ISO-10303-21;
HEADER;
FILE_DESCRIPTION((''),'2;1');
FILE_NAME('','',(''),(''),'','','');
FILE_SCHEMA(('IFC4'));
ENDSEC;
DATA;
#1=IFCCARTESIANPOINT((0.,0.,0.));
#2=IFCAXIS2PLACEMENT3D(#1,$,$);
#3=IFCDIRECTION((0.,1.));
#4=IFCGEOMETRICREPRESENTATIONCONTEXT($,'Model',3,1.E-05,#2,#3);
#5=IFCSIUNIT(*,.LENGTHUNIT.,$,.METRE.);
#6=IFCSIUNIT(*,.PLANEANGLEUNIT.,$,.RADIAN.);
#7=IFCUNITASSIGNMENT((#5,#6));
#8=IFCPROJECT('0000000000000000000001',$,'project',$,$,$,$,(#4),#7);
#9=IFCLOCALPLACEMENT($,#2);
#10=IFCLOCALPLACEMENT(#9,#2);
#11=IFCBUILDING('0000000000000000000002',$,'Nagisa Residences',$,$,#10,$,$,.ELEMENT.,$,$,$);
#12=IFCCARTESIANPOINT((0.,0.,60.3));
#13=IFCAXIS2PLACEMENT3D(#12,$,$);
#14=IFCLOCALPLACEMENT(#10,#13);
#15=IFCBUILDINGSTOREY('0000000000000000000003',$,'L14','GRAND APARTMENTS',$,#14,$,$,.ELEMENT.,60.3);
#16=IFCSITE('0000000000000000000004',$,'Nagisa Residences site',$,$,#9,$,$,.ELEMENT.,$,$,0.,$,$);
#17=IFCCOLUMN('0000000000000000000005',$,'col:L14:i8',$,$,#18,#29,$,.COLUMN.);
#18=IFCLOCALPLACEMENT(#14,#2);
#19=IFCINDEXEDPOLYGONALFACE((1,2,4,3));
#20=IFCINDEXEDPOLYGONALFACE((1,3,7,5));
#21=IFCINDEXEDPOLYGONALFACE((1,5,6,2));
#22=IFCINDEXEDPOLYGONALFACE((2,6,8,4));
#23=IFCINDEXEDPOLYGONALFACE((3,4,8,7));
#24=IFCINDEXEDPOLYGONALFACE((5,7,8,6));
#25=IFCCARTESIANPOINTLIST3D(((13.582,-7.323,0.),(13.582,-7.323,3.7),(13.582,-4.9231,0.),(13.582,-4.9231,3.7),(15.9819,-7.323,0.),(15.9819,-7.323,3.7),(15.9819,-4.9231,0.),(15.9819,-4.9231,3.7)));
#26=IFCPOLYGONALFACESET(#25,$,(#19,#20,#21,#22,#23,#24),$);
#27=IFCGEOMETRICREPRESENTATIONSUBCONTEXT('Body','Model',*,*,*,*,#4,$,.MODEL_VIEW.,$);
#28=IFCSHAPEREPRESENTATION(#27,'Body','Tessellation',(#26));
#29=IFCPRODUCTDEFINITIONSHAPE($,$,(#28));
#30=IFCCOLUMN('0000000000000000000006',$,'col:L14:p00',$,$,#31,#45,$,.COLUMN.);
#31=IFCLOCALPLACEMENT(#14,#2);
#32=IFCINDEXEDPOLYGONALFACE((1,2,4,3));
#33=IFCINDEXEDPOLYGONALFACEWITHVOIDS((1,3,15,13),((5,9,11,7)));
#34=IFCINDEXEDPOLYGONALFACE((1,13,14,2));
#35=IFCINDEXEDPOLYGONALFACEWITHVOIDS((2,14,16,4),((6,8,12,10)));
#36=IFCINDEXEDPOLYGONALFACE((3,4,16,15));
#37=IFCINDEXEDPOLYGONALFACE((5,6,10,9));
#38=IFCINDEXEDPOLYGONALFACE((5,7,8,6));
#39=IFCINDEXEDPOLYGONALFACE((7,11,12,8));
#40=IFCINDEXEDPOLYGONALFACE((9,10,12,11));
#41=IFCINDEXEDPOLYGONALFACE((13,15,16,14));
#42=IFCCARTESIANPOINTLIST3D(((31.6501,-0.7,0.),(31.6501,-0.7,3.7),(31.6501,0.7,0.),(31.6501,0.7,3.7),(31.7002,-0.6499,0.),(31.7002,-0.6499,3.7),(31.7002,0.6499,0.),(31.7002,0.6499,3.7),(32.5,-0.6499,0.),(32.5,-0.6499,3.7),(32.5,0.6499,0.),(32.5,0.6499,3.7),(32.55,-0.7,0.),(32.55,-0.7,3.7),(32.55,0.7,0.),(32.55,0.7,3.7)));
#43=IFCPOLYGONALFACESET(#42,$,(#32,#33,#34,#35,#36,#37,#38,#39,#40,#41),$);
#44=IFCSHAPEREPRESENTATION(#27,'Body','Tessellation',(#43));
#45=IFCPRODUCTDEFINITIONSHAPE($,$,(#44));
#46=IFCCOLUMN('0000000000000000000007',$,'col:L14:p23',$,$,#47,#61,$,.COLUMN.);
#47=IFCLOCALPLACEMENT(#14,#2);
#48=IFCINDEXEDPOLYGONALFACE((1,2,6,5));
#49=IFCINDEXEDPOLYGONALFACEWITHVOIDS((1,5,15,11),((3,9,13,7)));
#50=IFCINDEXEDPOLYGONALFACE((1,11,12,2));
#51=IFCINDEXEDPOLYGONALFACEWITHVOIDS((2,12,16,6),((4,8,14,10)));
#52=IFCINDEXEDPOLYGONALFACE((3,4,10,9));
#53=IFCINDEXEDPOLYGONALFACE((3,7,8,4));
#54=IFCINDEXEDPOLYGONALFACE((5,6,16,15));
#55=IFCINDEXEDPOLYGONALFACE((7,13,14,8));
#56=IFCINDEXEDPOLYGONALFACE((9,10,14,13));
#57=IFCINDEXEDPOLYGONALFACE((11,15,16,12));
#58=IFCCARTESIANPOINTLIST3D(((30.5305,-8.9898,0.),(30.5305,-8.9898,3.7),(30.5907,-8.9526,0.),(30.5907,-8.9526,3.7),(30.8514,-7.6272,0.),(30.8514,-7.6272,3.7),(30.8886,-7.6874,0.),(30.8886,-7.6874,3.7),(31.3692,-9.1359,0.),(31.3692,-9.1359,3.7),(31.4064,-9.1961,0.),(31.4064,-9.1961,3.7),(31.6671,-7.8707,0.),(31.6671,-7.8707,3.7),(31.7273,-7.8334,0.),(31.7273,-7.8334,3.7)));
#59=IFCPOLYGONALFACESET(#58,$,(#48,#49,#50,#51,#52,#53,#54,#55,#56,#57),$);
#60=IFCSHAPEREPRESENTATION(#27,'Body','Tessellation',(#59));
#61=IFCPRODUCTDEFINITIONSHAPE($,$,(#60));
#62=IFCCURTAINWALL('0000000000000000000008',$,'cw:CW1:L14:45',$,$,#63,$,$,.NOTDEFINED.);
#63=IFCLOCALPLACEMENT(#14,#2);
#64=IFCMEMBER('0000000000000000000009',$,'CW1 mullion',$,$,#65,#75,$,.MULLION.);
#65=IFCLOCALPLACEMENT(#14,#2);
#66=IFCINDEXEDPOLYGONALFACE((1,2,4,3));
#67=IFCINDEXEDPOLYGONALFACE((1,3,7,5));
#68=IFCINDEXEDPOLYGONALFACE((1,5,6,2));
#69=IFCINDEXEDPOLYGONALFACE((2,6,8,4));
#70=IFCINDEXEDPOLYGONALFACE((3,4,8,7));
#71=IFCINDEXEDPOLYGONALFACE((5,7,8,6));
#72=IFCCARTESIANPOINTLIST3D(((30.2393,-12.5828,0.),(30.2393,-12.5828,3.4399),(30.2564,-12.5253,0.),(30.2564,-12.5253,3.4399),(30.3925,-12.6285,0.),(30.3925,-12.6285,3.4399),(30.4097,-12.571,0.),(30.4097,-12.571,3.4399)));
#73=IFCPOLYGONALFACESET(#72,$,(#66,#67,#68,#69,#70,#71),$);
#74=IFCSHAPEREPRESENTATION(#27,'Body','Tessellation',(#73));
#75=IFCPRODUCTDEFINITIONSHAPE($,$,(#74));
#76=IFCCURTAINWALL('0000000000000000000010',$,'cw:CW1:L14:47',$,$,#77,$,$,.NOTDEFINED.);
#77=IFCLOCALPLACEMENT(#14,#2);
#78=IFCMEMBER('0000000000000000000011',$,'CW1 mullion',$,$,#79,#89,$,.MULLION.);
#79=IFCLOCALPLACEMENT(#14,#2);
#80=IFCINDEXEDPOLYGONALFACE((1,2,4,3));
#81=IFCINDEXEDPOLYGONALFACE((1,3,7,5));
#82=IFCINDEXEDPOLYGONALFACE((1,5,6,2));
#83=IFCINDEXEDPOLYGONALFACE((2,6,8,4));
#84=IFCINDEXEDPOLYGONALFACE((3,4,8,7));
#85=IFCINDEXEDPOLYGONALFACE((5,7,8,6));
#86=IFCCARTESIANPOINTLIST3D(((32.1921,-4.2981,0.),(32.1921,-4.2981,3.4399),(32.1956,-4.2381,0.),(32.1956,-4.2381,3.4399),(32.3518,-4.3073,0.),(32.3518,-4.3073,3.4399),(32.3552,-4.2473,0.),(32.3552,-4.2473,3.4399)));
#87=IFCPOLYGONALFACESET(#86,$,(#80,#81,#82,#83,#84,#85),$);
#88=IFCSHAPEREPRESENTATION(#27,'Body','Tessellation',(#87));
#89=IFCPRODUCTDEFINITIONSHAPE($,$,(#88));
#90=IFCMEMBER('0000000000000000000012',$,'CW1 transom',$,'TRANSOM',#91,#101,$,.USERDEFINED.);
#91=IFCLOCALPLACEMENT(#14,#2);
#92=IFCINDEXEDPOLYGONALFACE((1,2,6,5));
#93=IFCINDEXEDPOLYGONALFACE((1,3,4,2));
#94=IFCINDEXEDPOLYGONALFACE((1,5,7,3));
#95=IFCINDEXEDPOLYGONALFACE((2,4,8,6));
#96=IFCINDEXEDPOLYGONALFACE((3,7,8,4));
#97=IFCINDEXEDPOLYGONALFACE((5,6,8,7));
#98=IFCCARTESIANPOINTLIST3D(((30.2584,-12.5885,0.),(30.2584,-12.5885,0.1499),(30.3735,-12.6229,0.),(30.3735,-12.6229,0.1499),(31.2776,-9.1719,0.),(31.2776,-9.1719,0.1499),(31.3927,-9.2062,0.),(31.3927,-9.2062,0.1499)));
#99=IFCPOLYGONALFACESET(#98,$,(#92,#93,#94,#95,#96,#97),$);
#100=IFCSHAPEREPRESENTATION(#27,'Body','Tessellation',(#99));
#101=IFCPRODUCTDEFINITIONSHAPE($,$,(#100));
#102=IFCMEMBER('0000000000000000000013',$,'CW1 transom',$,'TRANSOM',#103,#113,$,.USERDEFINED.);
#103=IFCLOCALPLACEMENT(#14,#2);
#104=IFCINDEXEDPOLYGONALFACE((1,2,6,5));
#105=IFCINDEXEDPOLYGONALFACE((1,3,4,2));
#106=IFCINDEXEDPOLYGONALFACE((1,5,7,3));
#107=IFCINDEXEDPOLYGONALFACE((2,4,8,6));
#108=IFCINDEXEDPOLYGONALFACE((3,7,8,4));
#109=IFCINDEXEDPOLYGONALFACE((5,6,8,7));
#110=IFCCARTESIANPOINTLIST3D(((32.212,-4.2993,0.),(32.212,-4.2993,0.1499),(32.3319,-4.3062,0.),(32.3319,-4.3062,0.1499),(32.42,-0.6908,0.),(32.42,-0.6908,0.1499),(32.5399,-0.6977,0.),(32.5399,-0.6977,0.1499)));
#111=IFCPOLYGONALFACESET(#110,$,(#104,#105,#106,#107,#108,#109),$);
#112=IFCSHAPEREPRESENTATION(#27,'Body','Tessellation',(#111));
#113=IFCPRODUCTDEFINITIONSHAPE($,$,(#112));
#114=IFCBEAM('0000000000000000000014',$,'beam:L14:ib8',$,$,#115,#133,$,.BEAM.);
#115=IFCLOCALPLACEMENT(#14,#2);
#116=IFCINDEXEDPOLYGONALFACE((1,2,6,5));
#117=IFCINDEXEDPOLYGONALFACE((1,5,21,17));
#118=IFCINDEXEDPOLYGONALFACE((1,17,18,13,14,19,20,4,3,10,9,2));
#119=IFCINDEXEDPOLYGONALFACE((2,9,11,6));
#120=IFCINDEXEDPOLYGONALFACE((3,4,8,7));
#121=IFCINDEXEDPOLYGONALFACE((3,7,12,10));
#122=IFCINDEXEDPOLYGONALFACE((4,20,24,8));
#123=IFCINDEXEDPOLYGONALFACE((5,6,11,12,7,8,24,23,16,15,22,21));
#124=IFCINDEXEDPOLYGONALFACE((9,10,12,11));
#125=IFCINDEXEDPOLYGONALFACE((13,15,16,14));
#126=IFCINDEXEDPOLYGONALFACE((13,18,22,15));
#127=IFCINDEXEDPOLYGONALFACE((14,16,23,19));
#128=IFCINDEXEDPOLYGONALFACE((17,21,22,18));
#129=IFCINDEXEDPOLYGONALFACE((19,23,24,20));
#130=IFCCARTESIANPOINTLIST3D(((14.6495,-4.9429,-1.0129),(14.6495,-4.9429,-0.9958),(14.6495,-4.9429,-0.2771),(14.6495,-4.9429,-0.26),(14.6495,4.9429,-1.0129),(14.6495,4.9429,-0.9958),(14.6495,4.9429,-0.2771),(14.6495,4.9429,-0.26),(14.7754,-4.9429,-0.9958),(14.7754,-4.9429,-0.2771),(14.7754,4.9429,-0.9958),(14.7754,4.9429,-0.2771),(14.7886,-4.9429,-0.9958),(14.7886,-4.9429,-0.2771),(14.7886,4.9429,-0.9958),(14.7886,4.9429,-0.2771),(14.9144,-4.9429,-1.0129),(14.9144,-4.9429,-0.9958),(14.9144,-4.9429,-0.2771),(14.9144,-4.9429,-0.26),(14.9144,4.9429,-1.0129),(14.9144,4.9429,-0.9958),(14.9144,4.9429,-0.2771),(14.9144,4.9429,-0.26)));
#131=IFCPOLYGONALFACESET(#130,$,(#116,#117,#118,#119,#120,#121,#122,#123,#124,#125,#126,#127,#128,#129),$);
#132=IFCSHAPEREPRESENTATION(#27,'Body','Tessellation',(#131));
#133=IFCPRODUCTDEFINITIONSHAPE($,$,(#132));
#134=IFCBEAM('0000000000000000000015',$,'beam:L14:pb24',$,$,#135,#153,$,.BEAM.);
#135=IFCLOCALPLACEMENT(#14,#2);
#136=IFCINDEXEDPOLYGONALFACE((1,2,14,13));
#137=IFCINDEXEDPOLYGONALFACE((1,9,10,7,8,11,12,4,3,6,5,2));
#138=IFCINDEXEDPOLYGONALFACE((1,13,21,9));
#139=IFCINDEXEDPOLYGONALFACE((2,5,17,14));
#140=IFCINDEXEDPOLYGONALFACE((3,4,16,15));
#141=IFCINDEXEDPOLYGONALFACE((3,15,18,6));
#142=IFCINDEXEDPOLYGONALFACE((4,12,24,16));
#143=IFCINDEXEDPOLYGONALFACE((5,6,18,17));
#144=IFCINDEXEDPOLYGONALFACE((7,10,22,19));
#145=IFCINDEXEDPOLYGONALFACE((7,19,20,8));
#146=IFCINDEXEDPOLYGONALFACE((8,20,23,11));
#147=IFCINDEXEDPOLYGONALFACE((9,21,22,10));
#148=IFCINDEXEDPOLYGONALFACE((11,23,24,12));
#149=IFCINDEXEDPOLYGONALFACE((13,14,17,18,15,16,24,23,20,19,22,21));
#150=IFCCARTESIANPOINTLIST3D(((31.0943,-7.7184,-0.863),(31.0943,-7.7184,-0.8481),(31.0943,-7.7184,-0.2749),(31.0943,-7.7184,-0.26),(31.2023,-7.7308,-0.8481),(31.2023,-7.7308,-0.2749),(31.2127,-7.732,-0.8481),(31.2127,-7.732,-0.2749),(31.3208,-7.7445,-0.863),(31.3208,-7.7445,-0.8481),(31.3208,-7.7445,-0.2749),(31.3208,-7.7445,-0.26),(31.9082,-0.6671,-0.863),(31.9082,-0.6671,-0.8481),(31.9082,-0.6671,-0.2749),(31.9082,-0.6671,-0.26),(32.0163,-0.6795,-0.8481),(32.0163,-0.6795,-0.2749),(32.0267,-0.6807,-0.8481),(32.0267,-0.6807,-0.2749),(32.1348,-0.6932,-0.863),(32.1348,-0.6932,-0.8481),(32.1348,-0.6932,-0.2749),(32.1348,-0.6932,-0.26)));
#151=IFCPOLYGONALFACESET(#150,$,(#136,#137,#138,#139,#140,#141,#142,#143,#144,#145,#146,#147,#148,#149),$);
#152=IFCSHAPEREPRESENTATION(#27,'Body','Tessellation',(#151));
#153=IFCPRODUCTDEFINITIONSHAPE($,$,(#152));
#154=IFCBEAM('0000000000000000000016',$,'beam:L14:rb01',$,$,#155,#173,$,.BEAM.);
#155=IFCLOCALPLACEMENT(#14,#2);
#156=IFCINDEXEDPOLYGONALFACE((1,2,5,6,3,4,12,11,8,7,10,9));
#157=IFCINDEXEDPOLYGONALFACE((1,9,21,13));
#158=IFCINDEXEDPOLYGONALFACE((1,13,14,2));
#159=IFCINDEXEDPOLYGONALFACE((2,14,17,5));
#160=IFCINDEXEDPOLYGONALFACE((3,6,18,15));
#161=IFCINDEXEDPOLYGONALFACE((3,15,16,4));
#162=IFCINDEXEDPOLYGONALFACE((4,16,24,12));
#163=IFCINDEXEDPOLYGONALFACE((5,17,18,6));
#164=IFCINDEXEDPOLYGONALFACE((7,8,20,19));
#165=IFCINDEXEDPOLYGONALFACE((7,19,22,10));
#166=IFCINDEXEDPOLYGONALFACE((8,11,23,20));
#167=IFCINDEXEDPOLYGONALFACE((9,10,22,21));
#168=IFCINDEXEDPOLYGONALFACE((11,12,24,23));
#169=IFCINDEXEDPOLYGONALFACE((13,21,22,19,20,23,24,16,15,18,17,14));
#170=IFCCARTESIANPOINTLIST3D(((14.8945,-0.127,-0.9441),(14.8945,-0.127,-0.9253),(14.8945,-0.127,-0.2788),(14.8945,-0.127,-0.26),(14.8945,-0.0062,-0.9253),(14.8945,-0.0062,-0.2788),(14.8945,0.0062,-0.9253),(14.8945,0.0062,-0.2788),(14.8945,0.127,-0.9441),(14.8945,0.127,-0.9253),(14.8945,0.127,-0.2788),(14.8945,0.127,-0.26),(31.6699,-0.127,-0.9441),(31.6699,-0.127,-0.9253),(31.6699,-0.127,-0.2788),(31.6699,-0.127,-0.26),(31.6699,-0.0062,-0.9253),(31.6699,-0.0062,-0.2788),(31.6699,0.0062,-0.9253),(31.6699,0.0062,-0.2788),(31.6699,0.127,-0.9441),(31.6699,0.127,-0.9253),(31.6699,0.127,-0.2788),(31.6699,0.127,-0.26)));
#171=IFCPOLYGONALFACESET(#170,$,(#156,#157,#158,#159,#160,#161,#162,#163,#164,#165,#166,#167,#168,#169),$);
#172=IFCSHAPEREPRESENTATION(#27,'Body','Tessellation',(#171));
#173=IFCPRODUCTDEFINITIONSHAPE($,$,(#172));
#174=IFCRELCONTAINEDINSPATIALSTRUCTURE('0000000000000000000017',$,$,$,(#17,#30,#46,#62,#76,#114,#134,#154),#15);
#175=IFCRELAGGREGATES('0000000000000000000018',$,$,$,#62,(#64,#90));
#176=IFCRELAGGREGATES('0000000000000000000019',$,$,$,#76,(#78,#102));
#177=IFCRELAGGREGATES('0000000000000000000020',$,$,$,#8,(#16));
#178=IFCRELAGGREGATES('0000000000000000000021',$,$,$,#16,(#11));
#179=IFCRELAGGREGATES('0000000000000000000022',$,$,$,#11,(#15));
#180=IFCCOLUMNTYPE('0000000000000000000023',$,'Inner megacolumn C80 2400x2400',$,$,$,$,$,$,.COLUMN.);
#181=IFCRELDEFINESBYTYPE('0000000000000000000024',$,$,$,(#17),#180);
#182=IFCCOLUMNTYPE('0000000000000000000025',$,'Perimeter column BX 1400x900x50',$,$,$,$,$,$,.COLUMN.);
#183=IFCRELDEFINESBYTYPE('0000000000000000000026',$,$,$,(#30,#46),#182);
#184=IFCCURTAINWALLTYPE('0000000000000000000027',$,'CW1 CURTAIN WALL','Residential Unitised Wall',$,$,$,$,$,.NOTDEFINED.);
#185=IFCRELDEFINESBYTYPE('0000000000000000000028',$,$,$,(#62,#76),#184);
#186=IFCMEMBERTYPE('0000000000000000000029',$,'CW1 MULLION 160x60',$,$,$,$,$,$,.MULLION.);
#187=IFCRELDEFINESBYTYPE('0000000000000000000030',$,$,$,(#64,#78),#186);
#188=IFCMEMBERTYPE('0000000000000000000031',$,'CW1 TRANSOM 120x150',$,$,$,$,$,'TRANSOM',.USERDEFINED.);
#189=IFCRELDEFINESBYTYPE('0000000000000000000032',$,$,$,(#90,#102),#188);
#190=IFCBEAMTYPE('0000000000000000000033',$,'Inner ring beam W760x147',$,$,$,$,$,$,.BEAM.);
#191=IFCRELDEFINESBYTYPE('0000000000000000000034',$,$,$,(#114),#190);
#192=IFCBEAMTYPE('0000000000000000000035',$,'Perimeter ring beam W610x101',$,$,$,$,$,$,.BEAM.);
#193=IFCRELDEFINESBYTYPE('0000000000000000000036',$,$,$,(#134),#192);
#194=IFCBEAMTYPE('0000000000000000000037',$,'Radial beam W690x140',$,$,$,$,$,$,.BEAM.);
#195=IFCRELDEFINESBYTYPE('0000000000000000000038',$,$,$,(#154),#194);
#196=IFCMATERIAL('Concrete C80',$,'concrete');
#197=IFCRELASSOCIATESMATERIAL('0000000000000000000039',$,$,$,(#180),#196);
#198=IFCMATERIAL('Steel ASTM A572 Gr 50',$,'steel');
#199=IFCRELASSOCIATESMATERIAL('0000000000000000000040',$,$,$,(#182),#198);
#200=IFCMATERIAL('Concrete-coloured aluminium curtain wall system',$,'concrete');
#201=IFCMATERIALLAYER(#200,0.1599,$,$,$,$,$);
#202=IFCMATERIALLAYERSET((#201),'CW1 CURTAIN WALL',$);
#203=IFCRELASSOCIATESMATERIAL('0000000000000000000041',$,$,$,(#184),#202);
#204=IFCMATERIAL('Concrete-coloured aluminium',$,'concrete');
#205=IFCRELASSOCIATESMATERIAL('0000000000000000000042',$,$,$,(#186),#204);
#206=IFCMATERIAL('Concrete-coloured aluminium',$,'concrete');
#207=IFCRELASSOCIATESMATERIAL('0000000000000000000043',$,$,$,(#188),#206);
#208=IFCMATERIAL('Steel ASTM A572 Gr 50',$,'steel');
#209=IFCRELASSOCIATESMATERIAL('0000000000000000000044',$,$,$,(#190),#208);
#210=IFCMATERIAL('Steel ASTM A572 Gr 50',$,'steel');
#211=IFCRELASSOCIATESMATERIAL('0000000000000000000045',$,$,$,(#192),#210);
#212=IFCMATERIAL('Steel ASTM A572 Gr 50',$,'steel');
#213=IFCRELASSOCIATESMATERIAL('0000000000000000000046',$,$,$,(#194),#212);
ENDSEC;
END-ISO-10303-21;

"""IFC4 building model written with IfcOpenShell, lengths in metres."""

from ifc_helpers import new_model, si_unit, direction, frame, origin, origin_2d, place, context, subcontext, project, spatial, rectangle, hollow_rectangle, i_section, extrude, material, layer, layer_set, material_profile, profile_set, type_object, element, aggregate, save


model = new_model("IFC4")

# Units and contexts
model_context = context("Model", 3, precision=1e-05, world=origin(), true_north=direction((0.0, 1.0)))
body_context = subcontext(model_context, "Body", "Model", "MODEL_VIEW")
ifc_project = project(units=[si_unit("LENGTHUNIT", "METRE"), si_unit("PLANEANGLEUNIT", "RADIAN")], contexts=[model_context])

# Site, building, storey
site_placement = place(None, origin())
site = spatial("IfcSite", under=ifc_project, at=site_placement, Name="Nagisa Residences site", CompositionType="ELEMENT", RefElevation=0.0)
building_placement = place(site_placement, origin())
building = spatial("IfcBuilding", under=site, at=building_placement, Name="Nagisa Residences", CompositionType="ELEMENT")
storey_placement = place(building_placement, frame((0.0, 0.0, 60.3)))
storey = spatial("IfcBuildingStorey", under=building, at=storey_placement, Name="L14", Description="GRAND APARTMENTS", CompositionType="ELEMENT", Elevation=60.3)

# Columns
ifc_material_1 = material(Name="Concrete C80", Category="concrete")
ifc_material_profile_1 = material_profile(ifc_material_1, rectangle(XDim=2.3999, YDim=2.3999, at=origin_2d()), Name="C80 2400x2400")
ifc_profile_set_1 = profile_set([ifc_material_profile_1], Name="Concrete C80")
column_type_1 = type_object("IfcColumnType", Name="Inner megacolumn C80 2400x2400", PredefinedType="COLUMN", material=ifc_profile_set_1)
column_placement = place(storey_placement, frame((14.782, -6.123, 0.0), z_axis=(0.0, 0.0, 1.0), x_axis=(1.0, 0.0, 0.0)))
element("IfcColumn", 1, at=column_placement, inside=storey, type_object=column_type_1, Name="col:L14:i8", PredefinedType="COLUMN", context=body_context, shape_type="SweptSolid", body=[
    extrude(rectangle(XDim=2.3999, YDim=2.3999, at=origin_2d()), origin(), (0.0, 0.0, 1.0), 3.7),
])
ifc_material_2 = material(Name="Steel ASTM A572 Gr 50", Category="steel")
ifc_material_profile_2 = material_profile(ifc_material_2, hollow_rectangle(XDim=1.3999, YDim=0.8999, WallThickness=0.05, at=origin_2d()), Name="BX 1400x900x50")
ifc_profile_set_2 = profile_set([ifc_material_profile_2], Name="Steel ASTM A572 Gr 50")
column_type_2 = type_object("IfcColumnType", Name="Perimeter column BX 1400x900x50", PredefinedType="COLUMN", material=ifc_profile_set_2)
for number, where, z_axis, x_axis, name in (
    (2, (32.1001, 0.0, 0.0), (0.0, 0.0, 1.0), (0.0, 1.0, 0.0), "col:L14:p00"),
    (3, (31.1289, -8.4116, 0.0), (0.0, 0.0, 1.0), (0.229202, 0.973379, 0.0), "col:L14:p23"),
):
    element("IfcColumn", number, at=place(storey_placement, frame(where, z_axis=z_axis, x_axis=x_axis)), inside=storey, type_object=column_type_2, Name=name, PredefinedType="COLUMN", context=body_context, shape_type="SweptSolid", body=[
        extrude(hollow_rectangle(XDim=1.3999, YDim=0.8999, WallThickness=0.05, at=origin_2d()), origin(), (0.0, 0.0, 1.0), 3.7),
    ])

# Curtain walls, members
ifc_material_3 = material(Name="Concrete-coloured aluminium curtain wall system", Category="concrete")
ifc_layer_1 = layer(ifc_material_3, 0.1599)
ifc_layer_set_1 = layer_set([ifc_layer_1], Name="CW1 CURTAIN WALL")
curtain_wall_type = type_object("IfcCurtainWallType", Name="CW1 CURTAIN WALL", Description="Residential Unitised Wall", PredefinedType="NOTDEFINED", material=ifc_layer_set_1)
curtain_wall_1_placement = place(storey_placement, origin())
curtain_wall_1 = element("IfcCurtainWall", 4, at=curtain_wall_1_placement, inside=storey, type_object=curtain_wall_type, Name="cw:CW1:L14:45", PredefinedType="NOTDEFINED")
ifc_material_4 = material(Name="Concrete-coloured aluminium", Category="concrete")
ifc_material_profile_3 = material_profile(ifc_material_4, rectangle(XDim=0.1599, YDim=0.0601, at=origin_2d()), Name="CW1 MULLION 160x60")
ifc_profile_set_3 = profile_set([ifc_material_profile_3], Name="Concrete-coloured aluminium")
member_type_1 = type_object("IfcMemberType", Name="CW1 MULLION 160x60", PredefinedType="MULLION", material=ifc_profile_set_3)
member_1_placement = place(storey_placement, frame((30.3245, -12.5769, 0.0), z_axis=(0.0, 0.0, 1.0), x_axis=(-0.958271, 0.28586, 0.0)))
member_1 = element("IfcMember", 5, at=member_1_placement, type_object=member_type_1, Name="CW1 mullion", PredefinedType="MULLION", context=body_context, shape_type="SweptSolid", body=[
    extrude(rectangle(XDim=0.1599, YDim=0.0601, at=origin_2d()), origin(), (0.0, 0.0, 1.0), 3.4399),
])
curtain_wall_2_placement = place(storey_placement, origin())
curtain_wall_2 = element("IfcCurtainWall", 6, at=curtain_wall_2_placement, inside=storey, type_object=curtain_wall_type, Name="cw:CW1:L14:47", PredefinedType="NOTDEFINED")
member_2_placement = place(storey_placement, frame((32.2737, -4.2727, 0.0), z_axis=(0.0, 0.0, 1.0), x_axis=(-0.998345, 0.057503, 0.0)))
member_2 = element("IfcMember", 7, at=member_2_placement, type_object=member_type_1, Name="CW1 mullion", PredefinedType="MULLION", context=body_context, shape_type="SweptSolid", body=[
    extrude(rectangle(XDim=0.1599, YDim=0.0601, at=origin_2d()), origin(), (0.0, 0.0, 1.0), 3.4399),
])

# Members
ifc_material_5 = material(Name="Concrete-coloured aluminium", Category="concrete")
ifc_material_profile_4 = material_profile(ifc_material_5, rectangle(XDim=0.1201, YDim=0.1499, at=origin_2d()), Name="CW1 TRANSOM 120x150")
ifc_profile_set_4 = profile_set([ifc_material_profile_4], Name="Concrete-coloured aluminium")
member_type_2 = type_object("IfcMemberType", Name="CW1 TRANSOM 120x150", ElementType="TRANSOM", PredefinedType="USERDEFINED", material=ifc_profile_set_4)
member_3_placement = place(storey_placement, frame((30.3159, -12.6057, 0.075), z_axis=(0.285871, 0.958268, 0.0), x_axis=(-0.958268, 0.285871, 0.0)))
member_3 = element("IfcMember", 8, at=member_3_placement, type_object=member_type_2, Name="CW1 transom", ObjectType="TRANSOM", PredefinedType="USERDEFINED", context=body_context, shape_type="SweptSolid", body=[
    extrude(rectangle(XDim=0.1201, YDim=0.1499, at=origin_2d()), origin(), (0.0, 0.0, 1.0), 3.5654),
])
member_4_placement = place(storey_placement, frame((32.272, -4.3027, 0.075), z_axis=(0.05755, 0.998343, 0.0), x_axis=(-0.998343, 0.05755, 0.0)))
member_4 = element("IfcMember", 9, at=member_4_placement, type_object=member_type_2, Name="CW1 transom", ObjectType="TRANSOM", PredefinedType="USERDEFINED", context=body_context, shape_type="SweptSolid", body=[
    extrude(rectangle(XDim=0.1201, YDim=0.1499, at=origin_2d()), origin(), (0.0, 0.0, 1.0), 3.6145),
])

# Beams
ifc_material_6 = material(Name="Steel ASTM A572 Gr 50", Category="steel")
ifc_material_profile_5 = material_profile(ifc_material_6, i_section(OverallWidth=0.2649, OverallDepth=0.7529, WebThickness=0.0132, FlangeThickness=0.0171, at=origin_2d()), Name="W760x147")
ifc_profile_set_5 = profile_set([ifc_material_profile_5], Name="Steel ASTM A572 Gr 50")
beam_type_1 = type_object("IfcBeamType", Name="Inner ring beam W760x147", PredefinedType="BEAM", material=ifc_profile_set_5)
beam_1_placement = place(storey_placement, frame((14.782, -4.9429, -0.6365), z_axis=(0.0, 1.0, 0.0), x_axis=(-1.0, 0.0, 0.0)))
element("IfcBeam", 10, at=beam_1_placement, inside=storey, type_object=beam_type_1, Name="beam:L14:ib8", PredefinedType="BEAM", context=body_context, shape_type="SweptSolid", body=[
    extrude(i_section(OverallWidth=0.2649, OverallDepth=0.7529, WebThickness=0.0132, FlangeThickness=0.0171, at=origin_2d()), origin(), (0.0, 0.0, 1.0), 9.8857),
])
ifc_material_7 = material(Name="Steel ASTM A572 Gr 50", Category="steel")
ifc_material_profile_6 = material_profile(ifc_material_7, i_section(OverallWidth=0.228, OverallDepth=0.603, WebThickness=0.0105, FlangeThickness=0.0149, at=origin_2d()), Name="W610x101")
ifc_profile_set_6 = profile_set([ifc_material_profile_6], Name="Steel ASTM A572 Gr 50")
beam_type_2 = type_object("IfcBeamType", Name="Perimeter ring beam W610x101", PredefinedType="BEAM", material=ifc_profile_set_6)
beam_2_placement = place(storey_placement, frame((31.2075, -7.7314, -0.5615), z_axis=(0.114674, 0.993403, 0.0), x_axis=(-0.993403, 0.114674, 0.0)))
element("IfcBeam", 11, at=beam_2_placement, inside=storey, type_object=beam_type_2, Name="beam:L14:pb24", PredefinedType="BEAM", context=body_context, shape_type="SweptSolid", body=[
    extrude(i_section(OverallWidth=0.228, OverallDepth=0.603, WebThickness=0.0105, FlangeThickness=0.0149, at=origin_2d()), origin(), (0.0, 0.0, 1.0), 7.0981),
])
ifc_material_8 = material(Name="Steel ASTM A572 Gr 50", Category="steel")
ifc_material_profile_7 = material_profile(ifc_material_8, i_section(OverallWidth=0.2539, OverallDepth=0.6841, WebThickness=0.0125, FlangeThickness=0.0188, at=origin_2d()), Name="W690x140")
ifc_profile_set_7 = profile_set([ifc_material_profile_7], Name="Steel ASTM A572 Gr 50")
beam_type_3 = type_object("IfcBeamType", Name="Radial beam W690x140", PredefinedType="BEAM", material=ifc_profile_set_7)
beam_3_placement = place(storey_placement, frame((31.6699, 0.0, -0.6021), z_axis=(-1.0, 0.0, 0.0), x_axis=(0.0, -1.0, 0.0)))
element("IfcBeam", 12, at=beam_3_placement, inside=storey, type_object=beam_type_3, Name="beam:L14:rb01", PredefinedType="BEAM", context=body_context, shape_type="SweptSolid", body=[
    extrude(i_section(OverallWidth=0.2539, OverallDepth=0.6841, WebThickness=0.0125, FlangeThickness=0.0188, at=origin_2d()), origin(), (0.0, 0.0, 1.0), 16.7754),
])

aggregate(curtain_wall_1, [member_1, member_3])
aggregate(curtain_wall_2, [member_2, member_4])

save(model, "model.ifc")
